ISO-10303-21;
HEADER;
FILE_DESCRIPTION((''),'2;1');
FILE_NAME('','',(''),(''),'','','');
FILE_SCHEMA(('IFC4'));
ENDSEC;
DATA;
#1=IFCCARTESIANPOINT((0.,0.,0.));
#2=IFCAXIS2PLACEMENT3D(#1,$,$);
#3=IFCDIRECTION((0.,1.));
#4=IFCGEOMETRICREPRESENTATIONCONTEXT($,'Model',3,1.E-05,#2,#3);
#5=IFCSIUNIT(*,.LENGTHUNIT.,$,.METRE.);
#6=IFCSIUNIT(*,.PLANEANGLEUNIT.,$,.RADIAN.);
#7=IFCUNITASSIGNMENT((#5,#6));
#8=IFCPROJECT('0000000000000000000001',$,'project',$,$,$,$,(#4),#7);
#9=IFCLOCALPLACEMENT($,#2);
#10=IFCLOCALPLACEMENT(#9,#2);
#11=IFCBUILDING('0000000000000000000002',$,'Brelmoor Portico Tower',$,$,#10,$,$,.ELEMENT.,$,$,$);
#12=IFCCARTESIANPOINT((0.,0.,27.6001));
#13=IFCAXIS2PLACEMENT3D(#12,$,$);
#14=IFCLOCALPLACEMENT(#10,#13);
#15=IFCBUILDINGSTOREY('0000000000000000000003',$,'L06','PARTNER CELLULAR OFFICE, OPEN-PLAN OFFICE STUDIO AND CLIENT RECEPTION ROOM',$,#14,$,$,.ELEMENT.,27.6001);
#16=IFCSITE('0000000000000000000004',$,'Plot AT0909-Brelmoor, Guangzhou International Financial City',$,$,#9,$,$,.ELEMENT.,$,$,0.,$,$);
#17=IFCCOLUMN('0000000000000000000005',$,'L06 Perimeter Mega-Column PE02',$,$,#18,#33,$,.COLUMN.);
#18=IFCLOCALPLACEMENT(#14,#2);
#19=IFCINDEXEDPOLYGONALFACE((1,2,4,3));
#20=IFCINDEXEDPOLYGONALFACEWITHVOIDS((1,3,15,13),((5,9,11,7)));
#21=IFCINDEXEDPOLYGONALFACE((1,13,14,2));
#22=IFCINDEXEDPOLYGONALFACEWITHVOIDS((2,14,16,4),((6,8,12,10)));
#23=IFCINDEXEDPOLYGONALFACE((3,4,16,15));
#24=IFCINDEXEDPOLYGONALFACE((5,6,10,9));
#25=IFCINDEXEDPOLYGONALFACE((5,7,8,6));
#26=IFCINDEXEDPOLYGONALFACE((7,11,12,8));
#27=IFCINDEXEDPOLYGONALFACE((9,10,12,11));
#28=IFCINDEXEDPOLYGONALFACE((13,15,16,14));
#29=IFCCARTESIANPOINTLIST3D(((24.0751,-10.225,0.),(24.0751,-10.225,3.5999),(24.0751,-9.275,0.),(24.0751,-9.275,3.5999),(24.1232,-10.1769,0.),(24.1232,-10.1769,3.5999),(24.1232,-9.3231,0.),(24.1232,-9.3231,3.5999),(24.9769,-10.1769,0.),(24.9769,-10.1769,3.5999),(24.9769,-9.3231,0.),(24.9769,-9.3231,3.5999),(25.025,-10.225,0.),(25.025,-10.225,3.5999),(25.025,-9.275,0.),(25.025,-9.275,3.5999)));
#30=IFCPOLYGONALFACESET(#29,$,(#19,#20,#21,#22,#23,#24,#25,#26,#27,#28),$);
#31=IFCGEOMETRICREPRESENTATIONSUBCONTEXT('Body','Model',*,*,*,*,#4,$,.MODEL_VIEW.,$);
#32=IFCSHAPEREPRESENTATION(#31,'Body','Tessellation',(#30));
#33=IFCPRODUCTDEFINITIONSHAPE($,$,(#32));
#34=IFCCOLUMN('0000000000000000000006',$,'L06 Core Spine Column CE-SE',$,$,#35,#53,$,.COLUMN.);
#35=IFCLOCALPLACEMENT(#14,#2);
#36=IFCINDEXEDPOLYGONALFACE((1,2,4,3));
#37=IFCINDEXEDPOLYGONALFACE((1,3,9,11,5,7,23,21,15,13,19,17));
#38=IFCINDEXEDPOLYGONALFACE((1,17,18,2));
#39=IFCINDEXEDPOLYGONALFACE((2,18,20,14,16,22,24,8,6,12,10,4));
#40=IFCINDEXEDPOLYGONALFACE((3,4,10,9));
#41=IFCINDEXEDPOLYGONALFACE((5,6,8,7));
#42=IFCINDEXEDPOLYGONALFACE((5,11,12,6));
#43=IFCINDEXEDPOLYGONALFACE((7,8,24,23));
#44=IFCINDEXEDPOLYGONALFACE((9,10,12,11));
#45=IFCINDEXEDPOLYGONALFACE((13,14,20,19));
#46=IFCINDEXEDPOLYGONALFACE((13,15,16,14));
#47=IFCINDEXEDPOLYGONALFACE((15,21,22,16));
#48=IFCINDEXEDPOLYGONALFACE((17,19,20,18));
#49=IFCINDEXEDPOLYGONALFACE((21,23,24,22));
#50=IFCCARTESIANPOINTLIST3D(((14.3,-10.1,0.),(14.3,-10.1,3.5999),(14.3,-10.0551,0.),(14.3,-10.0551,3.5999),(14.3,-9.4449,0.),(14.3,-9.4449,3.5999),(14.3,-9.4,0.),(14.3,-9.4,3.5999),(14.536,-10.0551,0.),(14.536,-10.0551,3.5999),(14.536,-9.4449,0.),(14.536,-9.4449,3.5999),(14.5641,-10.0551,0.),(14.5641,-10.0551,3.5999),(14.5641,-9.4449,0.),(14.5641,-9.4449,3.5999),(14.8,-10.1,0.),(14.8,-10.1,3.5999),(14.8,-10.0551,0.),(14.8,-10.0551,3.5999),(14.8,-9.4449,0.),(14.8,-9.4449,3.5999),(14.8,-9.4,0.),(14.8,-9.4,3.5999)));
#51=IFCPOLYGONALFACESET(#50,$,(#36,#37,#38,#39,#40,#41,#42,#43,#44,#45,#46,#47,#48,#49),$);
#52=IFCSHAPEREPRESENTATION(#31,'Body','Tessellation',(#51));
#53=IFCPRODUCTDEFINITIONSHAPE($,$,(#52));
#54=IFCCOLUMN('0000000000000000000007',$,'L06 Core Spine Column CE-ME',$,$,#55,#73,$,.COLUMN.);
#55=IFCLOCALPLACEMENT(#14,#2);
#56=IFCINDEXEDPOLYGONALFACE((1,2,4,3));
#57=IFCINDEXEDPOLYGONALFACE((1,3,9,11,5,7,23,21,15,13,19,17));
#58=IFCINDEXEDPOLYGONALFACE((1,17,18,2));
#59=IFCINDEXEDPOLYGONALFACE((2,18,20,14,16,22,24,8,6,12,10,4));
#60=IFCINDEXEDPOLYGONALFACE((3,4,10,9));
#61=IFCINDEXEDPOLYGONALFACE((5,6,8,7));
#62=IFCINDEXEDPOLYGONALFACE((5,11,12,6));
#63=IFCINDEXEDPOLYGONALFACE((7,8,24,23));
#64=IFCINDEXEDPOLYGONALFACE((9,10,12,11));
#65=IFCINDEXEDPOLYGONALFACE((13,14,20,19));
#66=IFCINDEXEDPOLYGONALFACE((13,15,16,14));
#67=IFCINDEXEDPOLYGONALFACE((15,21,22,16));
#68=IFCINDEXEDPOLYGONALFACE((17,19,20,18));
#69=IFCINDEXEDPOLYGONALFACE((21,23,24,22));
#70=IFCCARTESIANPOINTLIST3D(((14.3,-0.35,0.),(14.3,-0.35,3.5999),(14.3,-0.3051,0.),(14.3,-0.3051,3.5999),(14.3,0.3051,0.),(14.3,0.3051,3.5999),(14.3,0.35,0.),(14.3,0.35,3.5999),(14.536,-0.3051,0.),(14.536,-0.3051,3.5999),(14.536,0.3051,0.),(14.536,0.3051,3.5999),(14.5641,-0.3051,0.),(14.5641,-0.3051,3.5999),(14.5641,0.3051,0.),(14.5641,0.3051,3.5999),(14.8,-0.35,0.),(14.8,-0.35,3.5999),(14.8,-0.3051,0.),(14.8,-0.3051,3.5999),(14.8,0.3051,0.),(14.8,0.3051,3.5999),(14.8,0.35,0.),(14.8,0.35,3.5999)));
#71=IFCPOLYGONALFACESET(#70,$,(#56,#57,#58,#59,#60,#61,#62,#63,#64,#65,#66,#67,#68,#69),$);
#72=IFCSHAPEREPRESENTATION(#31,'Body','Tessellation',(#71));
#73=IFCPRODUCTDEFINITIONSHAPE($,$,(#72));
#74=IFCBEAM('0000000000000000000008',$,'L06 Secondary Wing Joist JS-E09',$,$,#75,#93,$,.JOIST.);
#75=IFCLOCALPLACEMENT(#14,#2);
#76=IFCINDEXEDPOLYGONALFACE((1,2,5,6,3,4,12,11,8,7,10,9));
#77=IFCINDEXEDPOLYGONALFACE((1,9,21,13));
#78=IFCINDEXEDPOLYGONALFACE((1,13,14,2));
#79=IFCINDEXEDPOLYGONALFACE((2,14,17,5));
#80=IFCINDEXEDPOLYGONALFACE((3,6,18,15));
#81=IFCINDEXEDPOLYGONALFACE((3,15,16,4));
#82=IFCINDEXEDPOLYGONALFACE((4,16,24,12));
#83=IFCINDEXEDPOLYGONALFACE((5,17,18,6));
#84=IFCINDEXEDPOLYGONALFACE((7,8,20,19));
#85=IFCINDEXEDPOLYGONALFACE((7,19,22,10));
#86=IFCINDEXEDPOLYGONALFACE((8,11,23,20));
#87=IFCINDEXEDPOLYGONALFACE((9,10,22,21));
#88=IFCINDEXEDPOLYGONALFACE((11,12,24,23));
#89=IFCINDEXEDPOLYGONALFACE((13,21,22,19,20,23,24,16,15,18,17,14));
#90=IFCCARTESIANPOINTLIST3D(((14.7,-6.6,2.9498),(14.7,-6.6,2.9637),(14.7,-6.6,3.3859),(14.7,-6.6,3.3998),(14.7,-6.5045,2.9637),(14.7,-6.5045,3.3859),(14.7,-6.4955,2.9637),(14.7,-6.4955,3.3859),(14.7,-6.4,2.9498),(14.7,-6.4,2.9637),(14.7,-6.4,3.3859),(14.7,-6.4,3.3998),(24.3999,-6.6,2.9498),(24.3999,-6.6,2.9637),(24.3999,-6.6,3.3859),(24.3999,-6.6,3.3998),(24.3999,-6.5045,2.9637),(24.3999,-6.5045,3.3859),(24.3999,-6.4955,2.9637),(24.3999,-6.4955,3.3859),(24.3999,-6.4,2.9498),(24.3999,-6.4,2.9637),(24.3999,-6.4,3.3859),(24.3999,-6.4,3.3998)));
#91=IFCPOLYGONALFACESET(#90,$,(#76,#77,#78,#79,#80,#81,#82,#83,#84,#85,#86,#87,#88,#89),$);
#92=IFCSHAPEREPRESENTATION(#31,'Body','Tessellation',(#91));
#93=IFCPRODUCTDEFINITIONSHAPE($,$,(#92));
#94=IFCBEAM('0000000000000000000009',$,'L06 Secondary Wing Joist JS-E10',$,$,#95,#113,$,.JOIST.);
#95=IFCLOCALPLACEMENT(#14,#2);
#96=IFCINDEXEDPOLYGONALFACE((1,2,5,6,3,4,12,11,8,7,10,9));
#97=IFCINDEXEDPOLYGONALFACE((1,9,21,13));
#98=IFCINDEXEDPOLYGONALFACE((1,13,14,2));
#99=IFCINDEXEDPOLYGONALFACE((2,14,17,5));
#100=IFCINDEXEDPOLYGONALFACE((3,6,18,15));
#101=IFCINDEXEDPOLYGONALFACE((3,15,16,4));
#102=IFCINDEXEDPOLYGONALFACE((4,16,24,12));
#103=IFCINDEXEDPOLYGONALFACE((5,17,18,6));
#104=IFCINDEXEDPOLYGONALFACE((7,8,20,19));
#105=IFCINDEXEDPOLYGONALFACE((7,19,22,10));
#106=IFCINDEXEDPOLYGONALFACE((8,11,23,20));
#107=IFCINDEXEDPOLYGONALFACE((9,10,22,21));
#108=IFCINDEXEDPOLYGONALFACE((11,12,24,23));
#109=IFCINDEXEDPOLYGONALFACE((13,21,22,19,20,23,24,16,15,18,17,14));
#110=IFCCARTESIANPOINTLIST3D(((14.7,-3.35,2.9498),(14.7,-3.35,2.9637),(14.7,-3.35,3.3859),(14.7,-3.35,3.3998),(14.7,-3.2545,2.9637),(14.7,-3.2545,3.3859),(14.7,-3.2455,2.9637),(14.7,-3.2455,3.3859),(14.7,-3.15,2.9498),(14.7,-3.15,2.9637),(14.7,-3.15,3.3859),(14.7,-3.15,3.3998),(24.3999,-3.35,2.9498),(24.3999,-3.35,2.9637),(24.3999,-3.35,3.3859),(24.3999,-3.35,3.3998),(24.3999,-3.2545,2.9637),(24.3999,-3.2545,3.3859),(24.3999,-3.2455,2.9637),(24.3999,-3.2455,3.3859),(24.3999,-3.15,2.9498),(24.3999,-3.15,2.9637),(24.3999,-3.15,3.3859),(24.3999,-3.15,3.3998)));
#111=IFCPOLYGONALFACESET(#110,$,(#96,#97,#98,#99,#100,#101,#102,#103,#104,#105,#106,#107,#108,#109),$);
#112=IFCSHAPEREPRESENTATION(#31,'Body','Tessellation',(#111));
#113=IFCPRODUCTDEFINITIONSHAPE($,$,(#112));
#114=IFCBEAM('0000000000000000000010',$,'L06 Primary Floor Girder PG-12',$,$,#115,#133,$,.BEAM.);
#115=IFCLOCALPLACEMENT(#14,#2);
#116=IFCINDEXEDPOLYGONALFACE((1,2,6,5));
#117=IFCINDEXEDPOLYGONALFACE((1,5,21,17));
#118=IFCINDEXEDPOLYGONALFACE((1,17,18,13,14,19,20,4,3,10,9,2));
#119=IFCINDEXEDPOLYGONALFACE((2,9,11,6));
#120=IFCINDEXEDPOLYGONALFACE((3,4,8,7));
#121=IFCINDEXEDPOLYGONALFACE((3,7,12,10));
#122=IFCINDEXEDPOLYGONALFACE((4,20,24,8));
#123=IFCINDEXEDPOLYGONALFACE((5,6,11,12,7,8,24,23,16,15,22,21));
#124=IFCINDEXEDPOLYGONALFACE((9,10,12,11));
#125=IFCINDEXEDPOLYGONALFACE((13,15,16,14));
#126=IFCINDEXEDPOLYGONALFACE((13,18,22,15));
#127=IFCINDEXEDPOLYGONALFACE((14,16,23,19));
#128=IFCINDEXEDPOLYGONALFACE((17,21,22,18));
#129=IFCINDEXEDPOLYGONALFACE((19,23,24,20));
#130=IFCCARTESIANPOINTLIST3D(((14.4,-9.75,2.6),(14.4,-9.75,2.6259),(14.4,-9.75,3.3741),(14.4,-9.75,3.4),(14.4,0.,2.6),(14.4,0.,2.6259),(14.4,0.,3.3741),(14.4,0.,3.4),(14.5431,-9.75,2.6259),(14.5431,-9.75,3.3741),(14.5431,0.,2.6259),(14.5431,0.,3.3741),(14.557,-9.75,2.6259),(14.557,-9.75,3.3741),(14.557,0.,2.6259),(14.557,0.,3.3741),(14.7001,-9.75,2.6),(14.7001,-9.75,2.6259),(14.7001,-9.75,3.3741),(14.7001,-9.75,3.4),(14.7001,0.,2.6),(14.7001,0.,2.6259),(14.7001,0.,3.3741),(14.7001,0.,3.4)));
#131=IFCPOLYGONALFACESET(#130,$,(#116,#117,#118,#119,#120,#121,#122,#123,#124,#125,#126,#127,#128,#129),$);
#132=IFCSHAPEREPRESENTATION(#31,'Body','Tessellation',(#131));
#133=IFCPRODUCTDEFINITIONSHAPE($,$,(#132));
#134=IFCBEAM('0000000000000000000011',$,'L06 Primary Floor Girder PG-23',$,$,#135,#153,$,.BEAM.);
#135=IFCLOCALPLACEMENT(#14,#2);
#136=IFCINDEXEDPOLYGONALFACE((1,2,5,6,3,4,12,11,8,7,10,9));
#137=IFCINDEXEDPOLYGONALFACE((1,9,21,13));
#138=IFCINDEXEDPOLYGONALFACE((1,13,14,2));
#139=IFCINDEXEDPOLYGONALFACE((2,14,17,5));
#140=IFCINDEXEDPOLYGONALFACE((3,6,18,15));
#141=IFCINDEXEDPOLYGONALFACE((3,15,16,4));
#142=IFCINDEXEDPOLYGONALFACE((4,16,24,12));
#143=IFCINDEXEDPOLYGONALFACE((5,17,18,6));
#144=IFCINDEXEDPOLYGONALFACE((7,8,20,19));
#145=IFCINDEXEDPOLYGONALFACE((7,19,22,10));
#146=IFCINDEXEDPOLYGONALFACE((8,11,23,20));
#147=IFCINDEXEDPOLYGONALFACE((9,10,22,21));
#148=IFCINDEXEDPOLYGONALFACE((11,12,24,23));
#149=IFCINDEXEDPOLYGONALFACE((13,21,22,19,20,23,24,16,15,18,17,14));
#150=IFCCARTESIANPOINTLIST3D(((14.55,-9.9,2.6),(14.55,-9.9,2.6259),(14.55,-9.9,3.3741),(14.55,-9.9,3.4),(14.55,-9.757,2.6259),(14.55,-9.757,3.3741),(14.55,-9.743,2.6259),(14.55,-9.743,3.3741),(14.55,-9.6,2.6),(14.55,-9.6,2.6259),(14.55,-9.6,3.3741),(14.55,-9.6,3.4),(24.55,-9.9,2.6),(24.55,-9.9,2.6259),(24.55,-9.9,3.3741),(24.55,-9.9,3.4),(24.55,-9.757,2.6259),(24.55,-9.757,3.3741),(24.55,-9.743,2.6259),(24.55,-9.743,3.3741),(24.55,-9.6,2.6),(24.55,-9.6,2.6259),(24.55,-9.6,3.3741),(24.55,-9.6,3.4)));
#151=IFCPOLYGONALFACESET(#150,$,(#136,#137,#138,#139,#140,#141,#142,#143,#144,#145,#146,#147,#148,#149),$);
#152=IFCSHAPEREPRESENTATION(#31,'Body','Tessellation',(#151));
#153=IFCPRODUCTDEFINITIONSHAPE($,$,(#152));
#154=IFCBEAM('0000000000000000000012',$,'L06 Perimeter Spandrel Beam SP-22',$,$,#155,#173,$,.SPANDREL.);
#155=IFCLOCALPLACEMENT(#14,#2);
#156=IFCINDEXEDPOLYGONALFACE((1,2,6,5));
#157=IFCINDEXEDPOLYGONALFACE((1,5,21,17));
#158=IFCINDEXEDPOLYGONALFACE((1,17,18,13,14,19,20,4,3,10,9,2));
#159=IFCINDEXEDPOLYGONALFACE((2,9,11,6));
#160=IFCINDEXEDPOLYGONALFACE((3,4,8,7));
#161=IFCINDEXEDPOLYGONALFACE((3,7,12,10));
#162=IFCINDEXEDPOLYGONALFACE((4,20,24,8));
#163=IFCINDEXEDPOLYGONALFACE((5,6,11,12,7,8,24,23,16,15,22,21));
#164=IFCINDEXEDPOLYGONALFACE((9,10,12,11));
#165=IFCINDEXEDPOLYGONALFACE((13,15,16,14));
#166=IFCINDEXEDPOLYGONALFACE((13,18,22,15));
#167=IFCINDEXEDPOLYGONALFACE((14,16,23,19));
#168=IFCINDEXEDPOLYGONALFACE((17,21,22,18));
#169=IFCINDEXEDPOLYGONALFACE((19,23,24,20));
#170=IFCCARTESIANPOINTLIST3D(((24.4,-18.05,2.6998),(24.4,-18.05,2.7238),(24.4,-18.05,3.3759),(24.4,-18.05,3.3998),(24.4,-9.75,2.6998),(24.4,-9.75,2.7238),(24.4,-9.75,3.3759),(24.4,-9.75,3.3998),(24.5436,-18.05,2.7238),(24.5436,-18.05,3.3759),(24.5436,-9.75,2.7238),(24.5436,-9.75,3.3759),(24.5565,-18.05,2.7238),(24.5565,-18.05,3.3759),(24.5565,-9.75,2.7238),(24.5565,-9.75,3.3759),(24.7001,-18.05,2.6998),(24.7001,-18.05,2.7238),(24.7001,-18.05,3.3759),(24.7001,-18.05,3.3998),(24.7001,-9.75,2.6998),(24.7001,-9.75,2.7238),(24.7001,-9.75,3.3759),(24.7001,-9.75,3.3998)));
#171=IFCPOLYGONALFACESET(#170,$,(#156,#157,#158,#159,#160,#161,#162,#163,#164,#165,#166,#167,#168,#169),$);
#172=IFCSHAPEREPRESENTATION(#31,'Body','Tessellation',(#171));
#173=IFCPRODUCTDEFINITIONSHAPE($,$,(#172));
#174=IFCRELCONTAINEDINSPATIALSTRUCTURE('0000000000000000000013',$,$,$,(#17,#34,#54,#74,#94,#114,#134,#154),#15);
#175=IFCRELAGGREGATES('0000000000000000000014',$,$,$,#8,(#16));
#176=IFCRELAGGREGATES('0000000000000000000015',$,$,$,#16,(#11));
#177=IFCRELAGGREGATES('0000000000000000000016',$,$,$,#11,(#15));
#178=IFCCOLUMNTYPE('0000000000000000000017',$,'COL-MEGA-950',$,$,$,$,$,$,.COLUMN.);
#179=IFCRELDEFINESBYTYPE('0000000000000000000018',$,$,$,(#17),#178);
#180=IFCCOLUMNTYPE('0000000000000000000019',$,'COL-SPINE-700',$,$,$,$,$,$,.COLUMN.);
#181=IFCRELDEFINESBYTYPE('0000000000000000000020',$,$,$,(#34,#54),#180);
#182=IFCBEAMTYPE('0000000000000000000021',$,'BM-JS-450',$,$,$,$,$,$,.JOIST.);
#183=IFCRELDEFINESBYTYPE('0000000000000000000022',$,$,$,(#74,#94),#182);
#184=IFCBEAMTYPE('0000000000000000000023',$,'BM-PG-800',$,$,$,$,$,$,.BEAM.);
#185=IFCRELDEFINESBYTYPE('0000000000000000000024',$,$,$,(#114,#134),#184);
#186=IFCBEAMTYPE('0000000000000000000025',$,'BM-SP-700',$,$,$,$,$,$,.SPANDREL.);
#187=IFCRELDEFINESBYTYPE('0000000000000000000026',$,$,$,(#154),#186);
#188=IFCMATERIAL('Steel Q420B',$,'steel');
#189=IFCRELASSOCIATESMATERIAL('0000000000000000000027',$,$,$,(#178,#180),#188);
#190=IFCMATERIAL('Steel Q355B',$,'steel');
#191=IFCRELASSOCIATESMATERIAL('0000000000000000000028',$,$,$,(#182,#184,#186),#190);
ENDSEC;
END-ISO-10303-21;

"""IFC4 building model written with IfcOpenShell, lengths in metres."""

from ifc_helpers import new_model, si_unit, direction, frame, origin, origin_2d, place, context, subcontext, project, spatial, hollow_rectangle, i_section, extrude, material, material_profile, profile_set, type_object, element, save


model = new_model("IFC4")

# Units and contexts
model_context = context("Model", 3, precision=1e-05, world=origin(), true_north=direction((0.0, 1.0)))
body_context = subcontext(model_context, "Body", "Model", "MODEL_VIEW")
ifc_project = project(units=[si_unit("LENGTHUNIT", "METRE"), si_unit("PLANEANGLEUNIT", "RADIAN")], contexts=[model_context])

# Site, building, storey
site_placement = place(None, origin())
site = spatial("IfcSite", under=ifc_project, at=site_placement, Name="Plot AT0909-Brelmoor, Guangzhou International Financial City", CompositionType="ELEMENT", RefElevation=0.0)
building_placement = place(site_placement, origin())
building = spatial("IfcBuilding", under=site, at=building_placement, Name="Brelmoor Portico Tower", CompositionType="ELEMENT")
storey_placement = place(building_placement, frame((0.0, 0.0, 27.6001)))
storey = spatial("IfcBuildingStorey", under=building, at=storey_placement, Name="L06", Description="PARTNER CELLULAR OFFICE, OPEN-PLAN OFFICE STUDIO AND CLIENT RECEPTION ROOM", CompositionType="ELEMENT", Elevation=27.6001)

# Columns
ifc_material_1 = material(Name="Steel Q420B", Category="steel")
ifc_material_profile_1 = material_profile(ifc_material_1, hollow_rectangle(XDim=0.95, YDim=0.95, WallThickness=0.0481, at=origin_2d()), Name="BOX 950x950x48")
ifc_profile_set_1 = profile_set([ifc_material_profile_1], Name="Steel Q420B")
column_type_1 = type_object("IfcColumnType", Name="COL-MEGA-950", PredefinedType="COLUMN", material=ifc_profile_set_1)
column_placement = place(storey_placement, frame((24.55, -9.75, 0.0), z_axis=(0.0, 0.0, 1.0), x_axis=(0.0, 1.0, 0.0)))
element("IfcColumn", 1, at=column_placement, inside=storey, type_object=column_type_1, Name="L06 Perimeter Mega-Column PE02", PredefinedType="COLUMN", context=body_context, shape_type="SweptSolid", body=[
    extrude(hollow_rectangle(XDim=0.95, YDim=0.95, WallThickness=0.0481, at=origin_2d()), origin(), (0.0, 0.0, 1.0), 3.5999),
])
ifc_material_profile_2 = material_profile(ifc_material_1, i_section(OverallWidth=0.5, OverallDepth=0.7, WebThickness=0.0281, FlangeThickness=0.0449, at=origin_2d()), Name="HW 700x500x28x45")
ifc_profile_set_2 = profile_set([ifc_material_profile_2], Name="Steel Q420B")
column_type_2 = type_object("IfcColumnType", Name="COL-SPINE-700", PredefinedType="COLUMN", material=ifc_profile_set_2)
for number, where, z_axis, x_axis, name in (
    (2, (14.55, -9.75, 0.0), (0.0, 0.0, 1.0), (1.0, 0.0, 0.0), "L06 Core Spine Column CE-SE"),
    (3, (14.55, 0.0, 0.0), (0.0, 0.0, 1.0), (1.0, 0.0, 0.0), "L06 Core Spine Column CE-ME"),
):
    element("IfcColumn", number, at=place(storey_placement, frame(where, z_axis=z_axis, x_axis=x_axis)), inside=storey, type_object=column_type_2, Name=name, PredefinedType="COLUMN", context=body_context, shape_type="SweptSolid", body=[
        extrude(i_section(OverallWidth=0.5, OverallDepth=0.7, WebThickness=0.0281, FlangeThickness=0.0449, at=origin_2d()), origin(), (0.0, 0.0, 1.0), 3.5999),
    ])

# Beams
ifc_material_2 = material(Name="Steel Q355B", Category="steel")
ifc_material_profile_3 = material_profile(ifc_material_2, i_section(OverallWidth=0.2, OverallDepth=0.45, WebThickness=0.009, FlangeThickness=0.0139, at=origin_2d()), Name="HN 450x200x9x14")
ifc_profile_set_3 = profile_set([ifc_material_profile_3], Name="Steel Q355B")
beam_type_1 = type_object("IfcBeamType", Name="BM-JS-450", PredefinedType="JOIST", material=ifc_profile_set_3)
for number, where, z_axis, x_axis, name in (
    (4, (14.7, -6.5, 3.1748), (1.0, 0.0, 0.0), (0.0, 1.0, 0.0), "L06 Secondary Wing Joist JS-E09"),
    (5, (14.7, -3.25, 3.1748), (1.0, 0.0, 0.0), (0.0, 1.0, 0.0), "L06 Secondary Wing Joist JS-E10"),
):
    element("IfcBeam", number, at=place(storey_placement, frame(where, z_axis=z_axis, x_axis=x_axis)), inside=storey, type_object=beam_type_1, Name=name, PredefinedType="JOIST", context=body_context, shape_type="SweptSolid", body=[
        extrude(i_section(OverallWidth=0.2, OverallDepth=0.45, WebThickness=0.009, FlangeThickness=0.0139, at=origin_2d()), origin(), (0.0, 0.0, 1.0), 9.7),
    ])
ifc_material_profile_4 = material_profile(ifc_material_2, i_section(OverallWidth=0.3, OverallDepth=0.8, WebThickness=0.0139, FlangeThickness=0.0259, at=origin_2d()), Name="HN 800x300x14x26")
ifc_profile_set_4 = profile_set([ifc_material_profile_4], Name="Steel Q355B")
beam_type_2 = type_object("IfcBeamType", Name="BM-PG-800", PredefinedType="BEAM", material=ifc_profile_set_4)
beam_1_placement = place(storey_placement, frame((14.55, -9.75, 3.0), z_axis=(0.0, 1.0, 0.0), x_axis=(-1.0, 0.0, 0.0)))
element("IfcBeam", 6, at=beam_1_placement, inside=storey, type_object=beam_type_2, Name="L06 Primary Floor Girder PG-12", PredefinedType="BEAM", context=body_context, shape_type="SweptSolid", body=[
    extrude(i_section(OverallWidth=0.3, OverallDepth=0.8, WebThickness=0.0139, FlangeThickness=0.0259, at=origin_2d()), origin(), (0.0, 0.0, 1.0), 9.75),
])
beam_2_placement = place(storey_placement, frame((14.55, -9.75, 3.0), z_axis=(1.0, 0.0, 0.0), x_axis=(0.0, 1.0, 0.0)))
element("IfcBeam", 7, at=beam_2_placement, inside=storey, type_object=beam_type_2, Name="L06 Primary Floor Girder PG-23", PredefinedType="BEAM", context=body_context, shape_type="SweptSolid", body=[
    extrude(i_section(OverallWidth=0.3, OverallDepth=0.8, WebThickness=0.0139, FlangeThickness=0.0259, at=origin_2d()), origin(), (0.0, 0.0, 1.0), 10.0),
])
ifc_material_profile_5 = material_profile(ifc_material_2, i_section(OverallWidth=0.3, OverallDepth=0.7, WebThickness=0.0129, FlangeThickness=0.0239, at=origin_2d()), Name="HN 700x300x13x24")
ifc_profile_set_5 = profile_set([ifc_material_profile_5], Name="Steel Q355B")
beam_type_3 = type_object("IfcBeamType", Name="BM-SP-700", PredefinedType="SPANDREL", material=ifc_profile_set_5)
beam_3_placement = place(storey_placement, frame((24.55, -18.05, 3.0498), z_axis=(0.0, 1.0, 0.0), x_axis=(-1.0, 0.0, 0.0)))
element("IfcBeam", 8, at=beam_3_placement, inside=storey, type_object=beam_type_3, Name="L06 Perimeter Spandrel Beam SP-22", PredefinedType="SPANDREL", context=body_context, shape_type="SweptSolid", body=[
    extrude(i_section(OverallWidth=0.3, OverallDepth=0.7, WebThickness=0.0129, FlangeThickness=0.0239, at=origin_2d()), origin(), (0.0, 0.0, 1.0), 8.3),
])

save(model, "model.ifc")
